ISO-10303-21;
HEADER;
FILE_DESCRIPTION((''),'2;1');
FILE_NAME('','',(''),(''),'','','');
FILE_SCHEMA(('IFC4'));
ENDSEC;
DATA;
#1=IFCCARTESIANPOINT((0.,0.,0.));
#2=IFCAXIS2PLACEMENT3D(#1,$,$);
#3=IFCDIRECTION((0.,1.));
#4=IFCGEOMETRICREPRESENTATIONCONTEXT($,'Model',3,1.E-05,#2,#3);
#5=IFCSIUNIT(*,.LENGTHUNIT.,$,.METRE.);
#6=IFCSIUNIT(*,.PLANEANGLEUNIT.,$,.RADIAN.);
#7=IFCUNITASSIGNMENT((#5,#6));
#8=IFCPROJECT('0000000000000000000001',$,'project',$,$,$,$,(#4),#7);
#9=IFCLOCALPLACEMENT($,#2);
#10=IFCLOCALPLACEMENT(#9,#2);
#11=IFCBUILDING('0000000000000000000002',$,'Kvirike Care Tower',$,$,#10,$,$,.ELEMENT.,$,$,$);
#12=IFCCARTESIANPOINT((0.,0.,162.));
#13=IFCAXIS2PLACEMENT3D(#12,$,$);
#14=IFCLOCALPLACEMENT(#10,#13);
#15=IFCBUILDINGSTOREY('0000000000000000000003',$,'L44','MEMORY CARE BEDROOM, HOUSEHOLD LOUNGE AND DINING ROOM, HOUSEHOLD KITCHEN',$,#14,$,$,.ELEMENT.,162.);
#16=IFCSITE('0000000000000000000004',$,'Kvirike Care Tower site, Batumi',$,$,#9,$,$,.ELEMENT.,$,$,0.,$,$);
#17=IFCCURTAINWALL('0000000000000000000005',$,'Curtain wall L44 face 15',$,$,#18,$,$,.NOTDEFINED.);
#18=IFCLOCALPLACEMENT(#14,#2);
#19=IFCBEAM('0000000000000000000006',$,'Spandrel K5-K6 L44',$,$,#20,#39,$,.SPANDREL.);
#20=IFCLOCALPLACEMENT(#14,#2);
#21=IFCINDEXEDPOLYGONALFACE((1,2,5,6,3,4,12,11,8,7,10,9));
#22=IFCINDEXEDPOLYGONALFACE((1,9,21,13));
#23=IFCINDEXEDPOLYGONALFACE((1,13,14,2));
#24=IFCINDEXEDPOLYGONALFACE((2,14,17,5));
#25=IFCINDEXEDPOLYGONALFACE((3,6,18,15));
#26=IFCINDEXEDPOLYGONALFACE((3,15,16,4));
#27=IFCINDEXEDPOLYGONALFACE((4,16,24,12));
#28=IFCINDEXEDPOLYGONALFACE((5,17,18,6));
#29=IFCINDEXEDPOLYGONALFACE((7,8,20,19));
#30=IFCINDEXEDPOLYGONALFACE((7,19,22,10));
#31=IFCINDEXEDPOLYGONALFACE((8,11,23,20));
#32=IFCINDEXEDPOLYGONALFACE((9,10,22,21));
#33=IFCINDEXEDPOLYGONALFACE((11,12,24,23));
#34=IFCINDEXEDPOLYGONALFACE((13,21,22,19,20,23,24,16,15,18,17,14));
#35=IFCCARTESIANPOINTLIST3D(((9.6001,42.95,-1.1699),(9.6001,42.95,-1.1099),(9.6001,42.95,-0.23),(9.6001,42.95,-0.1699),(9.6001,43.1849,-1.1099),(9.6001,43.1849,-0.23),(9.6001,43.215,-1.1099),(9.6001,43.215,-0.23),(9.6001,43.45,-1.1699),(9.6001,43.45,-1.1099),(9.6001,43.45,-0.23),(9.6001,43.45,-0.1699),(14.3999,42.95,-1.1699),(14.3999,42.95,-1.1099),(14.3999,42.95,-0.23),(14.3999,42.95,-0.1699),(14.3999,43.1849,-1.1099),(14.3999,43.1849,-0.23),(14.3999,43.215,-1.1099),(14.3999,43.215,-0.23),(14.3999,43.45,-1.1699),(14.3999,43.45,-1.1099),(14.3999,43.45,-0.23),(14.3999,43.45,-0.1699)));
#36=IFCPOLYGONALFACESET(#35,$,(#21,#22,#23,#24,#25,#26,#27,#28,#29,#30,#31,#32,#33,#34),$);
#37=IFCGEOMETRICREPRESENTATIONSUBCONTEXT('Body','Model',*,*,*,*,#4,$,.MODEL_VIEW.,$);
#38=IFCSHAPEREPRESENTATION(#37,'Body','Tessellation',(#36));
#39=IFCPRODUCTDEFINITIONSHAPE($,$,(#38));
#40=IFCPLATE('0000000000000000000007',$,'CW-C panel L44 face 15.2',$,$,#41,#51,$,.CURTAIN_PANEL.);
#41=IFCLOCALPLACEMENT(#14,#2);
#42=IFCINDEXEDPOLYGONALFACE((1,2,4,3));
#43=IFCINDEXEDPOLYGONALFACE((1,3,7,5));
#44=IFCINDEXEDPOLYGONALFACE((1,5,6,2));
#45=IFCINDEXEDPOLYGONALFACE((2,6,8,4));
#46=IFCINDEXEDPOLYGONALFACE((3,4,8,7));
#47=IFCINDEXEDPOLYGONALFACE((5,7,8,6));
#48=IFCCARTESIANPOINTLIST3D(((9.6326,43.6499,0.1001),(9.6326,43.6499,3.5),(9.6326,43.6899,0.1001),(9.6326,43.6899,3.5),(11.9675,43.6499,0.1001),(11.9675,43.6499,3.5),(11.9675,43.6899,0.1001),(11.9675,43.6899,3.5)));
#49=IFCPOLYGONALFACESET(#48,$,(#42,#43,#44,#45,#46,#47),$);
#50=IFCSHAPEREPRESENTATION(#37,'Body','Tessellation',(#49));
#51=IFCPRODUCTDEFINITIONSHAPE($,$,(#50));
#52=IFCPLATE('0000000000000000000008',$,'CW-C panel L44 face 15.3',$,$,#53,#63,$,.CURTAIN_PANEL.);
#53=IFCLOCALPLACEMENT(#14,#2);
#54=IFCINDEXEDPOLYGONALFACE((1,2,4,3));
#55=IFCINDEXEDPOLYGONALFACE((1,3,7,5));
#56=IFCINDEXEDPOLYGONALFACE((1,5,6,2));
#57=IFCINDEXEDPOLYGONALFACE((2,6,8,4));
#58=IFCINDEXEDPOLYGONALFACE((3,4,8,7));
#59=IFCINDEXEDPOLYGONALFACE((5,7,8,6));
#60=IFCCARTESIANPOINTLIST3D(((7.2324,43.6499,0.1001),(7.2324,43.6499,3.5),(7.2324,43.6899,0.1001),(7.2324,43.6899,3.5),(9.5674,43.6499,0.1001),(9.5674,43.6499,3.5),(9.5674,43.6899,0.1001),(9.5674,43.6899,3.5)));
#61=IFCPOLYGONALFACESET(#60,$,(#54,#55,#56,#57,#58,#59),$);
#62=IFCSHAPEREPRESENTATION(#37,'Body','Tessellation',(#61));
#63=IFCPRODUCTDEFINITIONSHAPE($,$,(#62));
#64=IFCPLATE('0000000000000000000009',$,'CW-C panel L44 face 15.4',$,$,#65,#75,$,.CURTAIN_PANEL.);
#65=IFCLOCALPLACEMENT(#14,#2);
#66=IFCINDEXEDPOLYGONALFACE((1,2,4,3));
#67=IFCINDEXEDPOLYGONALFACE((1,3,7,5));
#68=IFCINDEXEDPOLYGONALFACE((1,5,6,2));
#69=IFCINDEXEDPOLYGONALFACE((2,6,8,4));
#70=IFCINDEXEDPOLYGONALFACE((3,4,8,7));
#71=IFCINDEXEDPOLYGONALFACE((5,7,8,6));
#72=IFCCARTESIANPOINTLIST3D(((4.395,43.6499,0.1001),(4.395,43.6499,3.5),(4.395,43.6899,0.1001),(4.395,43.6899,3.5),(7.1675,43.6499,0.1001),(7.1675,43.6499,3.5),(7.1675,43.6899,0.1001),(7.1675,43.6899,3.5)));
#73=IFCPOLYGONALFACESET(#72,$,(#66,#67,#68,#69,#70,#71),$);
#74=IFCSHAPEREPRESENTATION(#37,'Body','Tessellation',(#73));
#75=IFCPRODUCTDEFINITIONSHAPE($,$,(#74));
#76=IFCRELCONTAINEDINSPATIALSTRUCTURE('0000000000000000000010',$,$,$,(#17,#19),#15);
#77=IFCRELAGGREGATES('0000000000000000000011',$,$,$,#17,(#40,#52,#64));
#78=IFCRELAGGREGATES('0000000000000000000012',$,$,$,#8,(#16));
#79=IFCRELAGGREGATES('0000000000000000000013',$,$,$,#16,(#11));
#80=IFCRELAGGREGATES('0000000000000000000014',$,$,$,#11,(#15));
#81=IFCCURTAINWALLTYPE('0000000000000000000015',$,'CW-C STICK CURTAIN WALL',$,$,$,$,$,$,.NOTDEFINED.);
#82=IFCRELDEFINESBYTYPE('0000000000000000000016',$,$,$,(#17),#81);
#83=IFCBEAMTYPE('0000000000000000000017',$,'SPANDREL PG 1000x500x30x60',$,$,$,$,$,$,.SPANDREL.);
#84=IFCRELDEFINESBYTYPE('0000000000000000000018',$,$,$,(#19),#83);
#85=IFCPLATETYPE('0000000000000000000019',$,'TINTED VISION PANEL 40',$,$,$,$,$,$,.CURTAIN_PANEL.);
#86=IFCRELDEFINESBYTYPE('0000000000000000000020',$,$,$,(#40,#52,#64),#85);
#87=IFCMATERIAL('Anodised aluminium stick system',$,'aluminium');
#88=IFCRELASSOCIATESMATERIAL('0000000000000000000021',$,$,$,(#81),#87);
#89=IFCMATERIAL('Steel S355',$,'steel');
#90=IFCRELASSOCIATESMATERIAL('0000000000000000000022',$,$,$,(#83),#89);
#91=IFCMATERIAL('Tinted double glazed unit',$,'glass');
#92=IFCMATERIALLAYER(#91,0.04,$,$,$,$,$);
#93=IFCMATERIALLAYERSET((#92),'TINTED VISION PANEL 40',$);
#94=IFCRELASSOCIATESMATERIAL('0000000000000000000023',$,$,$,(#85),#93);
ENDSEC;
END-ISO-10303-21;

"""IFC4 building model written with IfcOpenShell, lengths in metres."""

from ifc_helpers import new_model, si_unit, direction, frame, origin, origin_2d, place, context, subcontext, project, spatial, rectangle, i_section, extrude, material, layer, layer_set, material_profile, profile_set, type_object, element, aggregate, save


model = new_model("IFC4")

# Units and contexts
model_context = context("Model", 3, precision=1e-05, world=origin(), true_north=direction((0.0, 1.0)))
body_context = subcontext(model_context, "Body", "Model", "MODEL_VIEW")
ifc_project = project(units=[si_unit("LENGTHUNIT", "METRE"), si_unit("PLANEANGLEUNIT", "RADIAN")], contexts=[model_context])

# Site, building, storey
site_placement = place(None, origin())
site = spatial("IfcSite", under=ifc_project, at=site_placement, Name="Kvirike Care Tower site, Batumi", CompositionType="ELEMENT", RefElevation=0.0)
building_placement = place(site_placement, origin())
building = spatial("IfcBuilding", under=site, at=building_placement, Name="Kvirike Care Tower", CompositionType="ELEMENT")
storey_placement = place(building_placement, frame((0.0, 0.0, 162.0)))
storey = spatial("IfcBuildingStorey", under=building, at=storey_placement, Name="L44", Description="MEMORY CARE BEDROOM, HOUSEHOLD LOUNGE AND DINING ROOM, HOUSEHOLD KITCHEN", CompositionType="ELEMENT", Elevation=162.0)

# Curtain wall
ifc_material_1 = material(Name="Anodised aluminium stick system", Category="aluminium")
curtain_wall_type = type_object("IfcCurtainWallType", Name="CW-C STICK CURTAIN WALL", PredefinedType="NOTDEFINED", material=ifc_material_1)
curtain_wall_1_placement = place(storey_placement, origin())
curtain_wall_1 = element("IfcCurtainWall", 1, at=curtain_wall_1_placement, inside=storey, type_object=curtain_wall_type, Name="Curtain wall L44 face 15", PredefinedType="NOTDEFINED")

# Beam
ifc_material_2 = material(Name="Steel S355", Category="steel")
ifc_material_profile_1 = material_profile(ifc_material_2, i_section(OverallWidth=0.5, OverallDepth=1.0, WebThickness=0.03, FlangeThickness=0.0601, at=origin_2d()), Name="PG 1000x500x30x60")
ifc_profile_set_1 = profile_set([ifc_material_profile_1], Name="Steel S355")
beam_type = type_object("IfcBeamType", Name="SPANDREL PG 1000x500x30x60", PredefinedType="SPANDREL", material=ifc_profile_set_1)
beam_1_placement = place(storey_placement, frame((9.6001, 43.2, -0.6699), z_axis=(1.0, 0.0, 0.0), x_axis=(0.0, 1.0, 0.0)))
element("IfcBeam", 2, at=beam_1_placement, inside=storey, type_object=beam_type, Name="Spandrel K5-K6 L44", PredefinedType="SPANDREL", context=body_context, shape_type="SweptSolid", body=[
    extrude(i_section(OverallWidth=0.5, OverallDepth=1.0, WebThickness=0.03, FlangeThickness=0.0601, at=origin_2d()), origin(), (0.0, 0.0, 1.0), 4.7998),
])

# Plates
ifc_material_3 = material(Name="Tinted double glazed unit", Category="glass")
ifc_layer = layer(ifc_material_3, 0.04)
ifc_layer_set = layer_set([ifc_layer], Name="TINTED VISION PANEL 40")
plate_type = type_object("IfcPlateType", Name="TINTED VISION PANEL 40", PredefinedType="CURTAIN_PANEL", material=ifc_layer_set)
plate_1_placement = place(storey_placement, frame((10.8, 43.6699, 0.1001), z_axis=(0.0, 0.0, 1.0), x_axis=(-1.0, 0.0, 0.0)))
plate_1 = element("IfcPlate", 3, at=plate_1_placement, type_object=plate_type, Name="CW-C panel L44 face 15.2", PredefinedType="CURTAIN_PANEL", context=body_context, shape_type="SweptSolid", body=[
    extrude(rectangle(XDim=2.335, YDim=0.04, at=origin_2d()), origin(), (0.0, 0.0, 1.0), 3.3999),
])
plate_2_placement = place(storey_placement, frame((8.3999, 43.6699, 0.1001), z_axis=(0.0, 0.0, 1.0), x_axis=(-1.0, 0.0, 0.0)))
plate_2 = element("IfcPlate", 4, at=plate_2_placement, type_object=plate_type, Name="CW-C panel L44 face 15.3", PredefinedType="CURTAIN_PANEL", context=body_context, shape_type="SweptSolid", body=[
    extrude(rectangle(XDim=2.335, YDim=0.04, at=origin_2d()), origin(), (0.0, 0.0, 1.0), 3.3999),
])
plate_3_placement = place(storey_placement, frame((5.7812, 43.6699, 0.1001), z_axis=(0.0, 0.0, 1.0), x_axis=(-1.0, 0.0, 0.0)))
plate_3 = element("IfcPlate", 5, at=plate_3_placement, type_object=plate_type, Name="CW-C panel L44 face 15.4", PredefinedType="CURTAIN_PANEL", context=body_context, shape_type="SweptSolid", body=[
    extrude(rectangle(XDim=2.7725, YDim=0.04, at=origin_2d()), origin(), (0.0, 0.0, 1.0), 3.3999),
])
aggregate(curtain_wall_1, [plate_1, plate_2, plate_3])

save(model, "model.ifc")
